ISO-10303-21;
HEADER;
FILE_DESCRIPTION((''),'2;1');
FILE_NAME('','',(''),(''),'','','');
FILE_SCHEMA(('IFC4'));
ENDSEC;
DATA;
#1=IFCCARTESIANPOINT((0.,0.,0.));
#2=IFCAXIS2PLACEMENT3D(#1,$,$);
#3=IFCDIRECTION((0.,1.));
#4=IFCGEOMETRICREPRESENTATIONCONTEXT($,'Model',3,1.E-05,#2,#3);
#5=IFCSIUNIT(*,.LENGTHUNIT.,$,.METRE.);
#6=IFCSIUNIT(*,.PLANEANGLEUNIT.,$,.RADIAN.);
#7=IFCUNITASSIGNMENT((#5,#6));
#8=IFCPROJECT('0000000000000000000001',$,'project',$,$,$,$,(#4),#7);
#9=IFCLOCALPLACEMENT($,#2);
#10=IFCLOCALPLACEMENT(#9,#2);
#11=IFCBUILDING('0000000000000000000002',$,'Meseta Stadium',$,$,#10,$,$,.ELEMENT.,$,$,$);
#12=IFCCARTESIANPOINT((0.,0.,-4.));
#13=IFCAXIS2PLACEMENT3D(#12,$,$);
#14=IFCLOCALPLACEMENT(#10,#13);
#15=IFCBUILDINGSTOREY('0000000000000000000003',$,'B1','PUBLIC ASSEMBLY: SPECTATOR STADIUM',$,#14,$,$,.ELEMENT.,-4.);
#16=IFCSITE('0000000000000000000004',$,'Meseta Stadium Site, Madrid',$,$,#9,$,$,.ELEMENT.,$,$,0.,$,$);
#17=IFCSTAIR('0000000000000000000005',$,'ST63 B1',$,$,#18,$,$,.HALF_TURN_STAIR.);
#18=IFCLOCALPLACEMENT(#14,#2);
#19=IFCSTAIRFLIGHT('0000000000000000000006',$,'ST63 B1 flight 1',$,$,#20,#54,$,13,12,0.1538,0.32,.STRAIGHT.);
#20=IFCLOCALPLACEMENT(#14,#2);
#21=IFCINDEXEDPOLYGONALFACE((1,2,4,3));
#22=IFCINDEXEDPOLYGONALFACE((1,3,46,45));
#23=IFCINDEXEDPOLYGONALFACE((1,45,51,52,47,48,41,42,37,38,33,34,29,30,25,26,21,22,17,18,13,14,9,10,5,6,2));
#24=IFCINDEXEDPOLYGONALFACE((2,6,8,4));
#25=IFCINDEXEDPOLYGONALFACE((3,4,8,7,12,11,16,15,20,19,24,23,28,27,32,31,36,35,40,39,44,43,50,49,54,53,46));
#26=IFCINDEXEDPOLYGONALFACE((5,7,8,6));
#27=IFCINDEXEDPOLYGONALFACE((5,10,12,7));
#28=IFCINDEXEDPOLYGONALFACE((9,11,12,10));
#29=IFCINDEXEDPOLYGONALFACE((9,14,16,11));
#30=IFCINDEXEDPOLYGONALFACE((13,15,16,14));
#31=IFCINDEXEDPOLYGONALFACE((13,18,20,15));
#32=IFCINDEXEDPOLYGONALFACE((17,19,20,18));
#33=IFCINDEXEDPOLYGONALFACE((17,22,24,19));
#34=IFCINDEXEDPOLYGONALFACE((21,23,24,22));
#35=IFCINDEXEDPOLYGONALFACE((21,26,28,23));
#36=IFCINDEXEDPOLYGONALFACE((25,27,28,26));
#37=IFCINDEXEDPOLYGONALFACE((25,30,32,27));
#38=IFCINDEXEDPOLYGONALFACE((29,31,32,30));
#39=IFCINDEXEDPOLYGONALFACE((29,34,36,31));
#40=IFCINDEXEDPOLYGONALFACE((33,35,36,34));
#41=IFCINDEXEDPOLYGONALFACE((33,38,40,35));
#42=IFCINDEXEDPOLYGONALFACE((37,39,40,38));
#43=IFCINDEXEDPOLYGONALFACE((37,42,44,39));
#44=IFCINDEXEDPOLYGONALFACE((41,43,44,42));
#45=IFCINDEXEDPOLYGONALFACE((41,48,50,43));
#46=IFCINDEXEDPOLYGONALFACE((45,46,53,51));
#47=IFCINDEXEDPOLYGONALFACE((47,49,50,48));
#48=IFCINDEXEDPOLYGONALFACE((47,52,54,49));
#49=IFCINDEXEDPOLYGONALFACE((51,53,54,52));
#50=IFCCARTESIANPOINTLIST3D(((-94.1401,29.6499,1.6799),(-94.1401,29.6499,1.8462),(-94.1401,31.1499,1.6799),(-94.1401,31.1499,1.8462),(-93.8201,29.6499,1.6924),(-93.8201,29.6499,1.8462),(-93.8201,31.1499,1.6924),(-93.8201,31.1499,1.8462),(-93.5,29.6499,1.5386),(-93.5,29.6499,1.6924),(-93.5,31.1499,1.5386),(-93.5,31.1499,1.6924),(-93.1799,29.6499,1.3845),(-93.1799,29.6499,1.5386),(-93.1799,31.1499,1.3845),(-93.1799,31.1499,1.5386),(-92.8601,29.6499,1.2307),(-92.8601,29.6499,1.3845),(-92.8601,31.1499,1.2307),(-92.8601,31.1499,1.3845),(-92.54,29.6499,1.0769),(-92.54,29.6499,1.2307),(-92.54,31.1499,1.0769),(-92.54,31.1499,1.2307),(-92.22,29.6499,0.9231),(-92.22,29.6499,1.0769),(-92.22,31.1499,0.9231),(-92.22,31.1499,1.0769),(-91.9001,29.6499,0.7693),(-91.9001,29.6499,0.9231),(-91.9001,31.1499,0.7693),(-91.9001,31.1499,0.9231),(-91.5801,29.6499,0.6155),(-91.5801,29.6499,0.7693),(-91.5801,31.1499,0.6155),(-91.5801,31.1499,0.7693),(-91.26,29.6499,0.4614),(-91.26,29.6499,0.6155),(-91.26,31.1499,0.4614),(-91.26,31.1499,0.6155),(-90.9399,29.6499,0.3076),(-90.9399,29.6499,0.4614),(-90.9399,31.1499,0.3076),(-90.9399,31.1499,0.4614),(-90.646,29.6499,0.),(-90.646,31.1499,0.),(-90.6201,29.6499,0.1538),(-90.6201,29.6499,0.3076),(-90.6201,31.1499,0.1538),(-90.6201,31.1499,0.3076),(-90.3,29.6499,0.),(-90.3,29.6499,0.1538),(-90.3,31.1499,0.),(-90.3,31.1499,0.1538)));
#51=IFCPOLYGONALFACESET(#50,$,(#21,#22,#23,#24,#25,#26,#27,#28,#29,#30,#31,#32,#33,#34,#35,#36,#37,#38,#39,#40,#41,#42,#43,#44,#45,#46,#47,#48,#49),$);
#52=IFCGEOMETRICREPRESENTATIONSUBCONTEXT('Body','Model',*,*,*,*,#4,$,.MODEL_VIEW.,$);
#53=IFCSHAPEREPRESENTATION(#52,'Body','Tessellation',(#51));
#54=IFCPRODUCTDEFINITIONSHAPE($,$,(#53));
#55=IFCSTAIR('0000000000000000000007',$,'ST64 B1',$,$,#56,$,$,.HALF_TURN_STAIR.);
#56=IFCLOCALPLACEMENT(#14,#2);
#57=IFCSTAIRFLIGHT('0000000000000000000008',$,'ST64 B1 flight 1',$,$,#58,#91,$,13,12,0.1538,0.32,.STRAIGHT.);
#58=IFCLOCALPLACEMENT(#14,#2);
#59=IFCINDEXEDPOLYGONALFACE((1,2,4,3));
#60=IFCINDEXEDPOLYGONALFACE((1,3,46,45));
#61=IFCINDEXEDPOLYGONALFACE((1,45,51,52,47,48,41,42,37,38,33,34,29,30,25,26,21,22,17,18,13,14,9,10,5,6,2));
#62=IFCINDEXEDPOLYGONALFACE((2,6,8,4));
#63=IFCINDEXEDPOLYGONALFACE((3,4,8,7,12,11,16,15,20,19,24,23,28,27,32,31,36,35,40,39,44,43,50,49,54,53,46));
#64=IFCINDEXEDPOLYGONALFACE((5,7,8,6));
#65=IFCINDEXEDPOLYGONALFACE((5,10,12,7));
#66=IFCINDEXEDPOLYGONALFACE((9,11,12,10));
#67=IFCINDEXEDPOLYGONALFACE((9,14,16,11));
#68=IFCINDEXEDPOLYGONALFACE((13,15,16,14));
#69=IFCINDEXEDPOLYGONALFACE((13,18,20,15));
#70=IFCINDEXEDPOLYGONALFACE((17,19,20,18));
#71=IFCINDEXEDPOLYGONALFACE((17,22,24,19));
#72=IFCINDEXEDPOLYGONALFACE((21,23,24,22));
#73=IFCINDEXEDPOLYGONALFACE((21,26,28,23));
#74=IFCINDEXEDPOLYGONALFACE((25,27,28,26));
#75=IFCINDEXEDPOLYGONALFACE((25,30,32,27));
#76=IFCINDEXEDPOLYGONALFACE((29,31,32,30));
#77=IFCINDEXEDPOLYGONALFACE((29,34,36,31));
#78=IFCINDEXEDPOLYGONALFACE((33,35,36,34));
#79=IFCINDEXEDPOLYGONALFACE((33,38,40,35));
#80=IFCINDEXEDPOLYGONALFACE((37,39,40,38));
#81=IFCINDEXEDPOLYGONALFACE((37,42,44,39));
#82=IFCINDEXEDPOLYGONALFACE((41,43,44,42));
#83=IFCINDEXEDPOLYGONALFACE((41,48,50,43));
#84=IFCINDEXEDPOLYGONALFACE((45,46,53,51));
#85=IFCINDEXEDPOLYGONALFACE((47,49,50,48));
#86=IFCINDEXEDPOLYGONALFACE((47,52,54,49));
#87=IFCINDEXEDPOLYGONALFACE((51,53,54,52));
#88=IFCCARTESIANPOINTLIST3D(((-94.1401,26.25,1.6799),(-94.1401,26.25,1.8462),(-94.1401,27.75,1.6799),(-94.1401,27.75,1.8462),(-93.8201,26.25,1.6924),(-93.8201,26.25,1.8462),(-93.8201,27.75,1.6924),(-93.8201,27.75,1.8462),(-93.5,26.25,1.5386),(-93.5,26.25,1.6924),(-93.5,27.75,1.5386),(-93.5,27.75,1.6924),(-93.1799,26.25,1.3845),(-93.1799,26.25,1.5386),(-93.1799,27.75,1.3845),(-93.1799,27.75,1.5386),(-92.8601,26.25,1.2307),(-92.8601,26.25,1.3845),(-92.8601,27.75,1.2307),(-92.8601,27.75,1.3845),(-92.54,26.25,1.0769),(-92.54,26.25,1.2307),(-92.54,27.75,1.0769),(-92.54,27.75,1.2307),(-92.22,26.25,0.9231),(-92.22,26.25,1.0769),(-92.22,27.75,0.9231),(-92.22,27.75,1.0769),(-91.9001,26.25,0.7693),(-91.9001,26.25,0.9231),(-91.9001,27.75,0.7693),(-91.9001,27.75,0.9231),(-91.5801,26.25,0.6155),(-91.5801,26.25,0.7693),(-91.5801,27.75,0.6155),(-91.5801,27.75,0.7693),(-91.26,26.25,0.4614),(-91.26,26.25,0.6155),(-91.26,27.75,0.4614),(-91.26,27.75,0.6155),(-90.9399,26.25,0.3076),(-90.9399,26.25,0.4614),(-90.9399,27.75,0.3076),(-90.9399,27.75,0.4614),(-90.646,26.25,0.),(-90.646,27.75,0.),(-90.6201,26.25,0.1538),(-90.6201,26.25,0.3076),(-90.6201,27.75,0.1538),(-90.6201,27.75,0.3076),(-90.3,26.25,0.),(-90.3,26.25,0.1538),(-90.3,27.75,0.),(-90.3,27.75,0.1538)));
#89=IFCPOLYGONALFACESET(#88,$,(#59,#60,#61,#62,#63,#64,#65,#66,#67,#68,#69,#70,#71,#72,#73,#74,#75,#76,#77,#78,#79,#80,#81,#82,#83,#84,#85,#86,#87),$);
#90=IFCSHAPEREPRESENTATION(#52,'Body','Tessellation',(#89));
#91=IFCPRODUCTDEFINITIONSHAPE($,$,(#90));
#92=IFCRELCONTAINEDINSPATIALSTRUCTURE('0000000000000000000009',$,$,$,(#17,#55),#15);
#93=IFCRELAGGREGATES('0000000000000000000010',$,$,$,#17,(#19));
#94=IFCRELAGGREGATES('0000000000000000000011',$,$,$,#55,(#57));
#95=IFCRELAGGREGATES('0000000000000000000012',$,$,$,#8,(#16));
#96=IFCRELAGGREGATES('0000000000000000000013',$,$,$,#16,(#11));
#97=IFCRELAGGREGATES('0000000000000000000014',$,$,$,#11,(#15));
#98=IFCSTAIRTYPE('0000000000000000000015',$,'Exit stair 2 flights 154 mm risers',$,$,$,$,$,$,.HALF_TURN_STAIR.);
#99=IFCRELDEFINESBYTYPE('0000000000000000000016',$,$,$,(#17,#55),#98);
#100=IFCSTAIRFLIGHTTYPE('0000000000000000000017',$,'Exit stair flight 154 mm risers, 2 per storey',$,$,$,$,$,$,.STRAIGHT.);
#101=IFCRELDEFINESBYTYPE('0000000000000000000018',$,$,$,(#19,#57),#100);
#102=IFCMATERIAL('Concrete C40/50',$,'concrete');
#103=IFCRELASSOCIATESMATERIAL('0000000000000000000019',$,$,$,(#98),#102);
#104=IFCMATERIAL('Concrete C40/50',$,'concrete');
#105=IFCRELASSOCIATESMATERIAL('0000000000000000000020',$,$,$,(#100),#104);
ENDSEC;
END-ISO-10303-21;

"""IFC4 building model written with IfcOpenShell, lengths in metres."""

from ifc_helpers import new_model, si_unit, direction, frame, origin, place, context, subcontext, project, spatial, polyline, outline, extrude, material, type_object, element, aggregate, save


model = new_model("IFC4")

# Units and contexts
model_context = context("Model", 3, precision=1e-05, world=origin(), true_north=direction((0.0, 1.0)))
body_context = subcontext(model_context, "Body", "Model", "MODEL_VIEW")
ifc_project = project(units=[si_unit("LENGTHUNIT", "METRE"), si_unit("PLANEANGLEUNIT", "RADIAN")], contexts=[model_context])

# Site, building, storey
site_placement = place(None, origin())
site = spatial("IfcSite", under=ifc_project, at=site_placement, Name="Meseta Stadium Site, Madrid", CompositionType="ELEMENT", RefElevation=0.0)
building_placement = place(site_placement, origin())
building = spatial("IfcBuilding", under=site, at=building_placement, Name="Meseta Stadium", CompositionType="ELEMENT")
storey_placement = place(building_placement, frame((0.0, 0.0, -4.0)))
storey = spatial("IfcBuildingStorey", under=building, at=storey_placement, Name="B1", Description="PUBLIC ASSEMBLY: SPECTATOR STADIUM", CompositionType="ELEMENT", Elevation=-4.0)

# Stairs, stair flights
ifc_material_1 = material(Name="Concrete C40/50", Category="concrete")
stair_type = type_object("IfcStairType", Name="Exit stair 2 flights 154 mm risers", PredefinedType="HALF_TURN_STAIR", material=ifc_material_1)
stair_1_placement = place(storey_placement, origin())
stair_1 = element("IfcStair", 1, at=stair_1_placement, inside=storey, type_object=stair_type, Name="ST63 B1", PredefinedType="HALF_TURN_STAIR")
ifc_material_2 = material(Name="Concrete C40/50", Category="concrete")
stair_flight_type = type_object("IfcStairFlightType", Name="Exit stair flight 154 mm risers, 2 per storey", PredefinedType="STRAIGHT", material=ifc_material_2)
stair_flight_1_placement = place(storey_placement, frame((-90.3, 30.3999, 0.0), z_axis=(0.0, 0.0, 1.0), x_axis=(-1.0, 0.0, 0.0)))
stair_flight_1 = element("IfcStairFlight", 2, at=stair_flight_1_placement, type_object=stair_flight_type, Name="ST63 B1 flight 1", NumberOfRisers=13, NumberOfTreads=12, PredefinedType="STRAIGHT", RiserHeight=0.1538, TreadLength=0.32, context=body_context, shape_type="SweptSolid", body=[
    extrude(outline(polyline([(0.0, 0.0), (0.0, 0.1538), (0.3201, 0.1538), (0.3201, 0.3076), (0.6399, 0.3076), (0.6399, 0.4614), (0.96, 0.4614), (0.96, 0.6155), (1.28, 0.6155), (1.28, 0.7693), (1.6001, 0.7693), (1.6001, 0.9231), (1.9199, 0.9231), (1.9199, 1.0769), (2.24, 1.0769), (2.24, 1.2307), (2.5601, 1.2307), (2.5601, 1.3845), (2.8799, 1.3845), (2.8799, 1.5386), (3.2, 1.5386), (3.2, 1.6924), (3.52, 1.6924), (3.52, 1.8462), (3.8401, 1.8462), (3.8401, 1.6799), (0.3459, 0.0), (0.0, 0.0)])), frame((0.0, 0.75, 0.0), z_axis=(0.0, -1.0, 0.0), x_axis=(1.0, 0.0, 0.0)), (0.0, 0.0, 1.0), 1.5),
])
aggregate(stair_1, [stair_flight_1])
stair_2_placement = place(storey_placement, origin())
stair_2 = element("IfcStair", 3, at=stair_2_placement, inside=storey, type_object=stair_type, Name="ST64 B1", PredefinedType="HALF_TURN_STAIR")
stair_flight_2_placement = place(storey_placement, frame((-90.3, 27.0, 0.0), z_axis=(0.0, 0.0, 1.0), x_axis=(-1.0, 0.0, 0.0)))
stair_flight_2 = element("IfcStairFlight", 4, at=stair_flight_2_placement, type_object=stair_flight_type, Name="ST64 B1 flight 1", NumberOfRisers=13, NumberOfTreads=12, PredefinedType="STRAIGHT", RiserHeight=0.1538, TreadLength=0.32, context=body_context, shape_type="SweptSolid", body=[
    extrude(outline(polyline([(0.0, 0.0), (0.0, 0.1538), (0.3201, 0.1538), (0.3201, 0.3076), (0.6399, 0.3076), (0.6399, 0.4614), (0.96, 0.4614), (0.96, 0.6155), (1.28, 0.6155), (1.28, 0.7693), (1.6001, 0.7693), (1.6001, 0.9231), (1.9199, 0.9231), (1.9199, 1.0769), (2.24, 1.0769), (2.24, 1.2307), (2.5601, 1.2307), (2.5601, 1.3845), (2.8799, 1.3845), (2.8799, 1.5386), (3.2, 1.5386), (3.2, 1.6924), (3.52, 1.6924), (3.52, 1.8462), (3.8401, 1.8462), (3.8401, 1.6799), (0.3459, 0.0), (0.0, 0.0)])), frame((0.0, 0.75, 0.0), z_axis=(0.0, -1.0, 0.0), x_axis=(1.0, 0.0, 0.0)), (0.0, 0.0, 1.0), 1.5),
])
aggregate(stair_2, [stair_flight_2])

save(model, "model.ifc")
